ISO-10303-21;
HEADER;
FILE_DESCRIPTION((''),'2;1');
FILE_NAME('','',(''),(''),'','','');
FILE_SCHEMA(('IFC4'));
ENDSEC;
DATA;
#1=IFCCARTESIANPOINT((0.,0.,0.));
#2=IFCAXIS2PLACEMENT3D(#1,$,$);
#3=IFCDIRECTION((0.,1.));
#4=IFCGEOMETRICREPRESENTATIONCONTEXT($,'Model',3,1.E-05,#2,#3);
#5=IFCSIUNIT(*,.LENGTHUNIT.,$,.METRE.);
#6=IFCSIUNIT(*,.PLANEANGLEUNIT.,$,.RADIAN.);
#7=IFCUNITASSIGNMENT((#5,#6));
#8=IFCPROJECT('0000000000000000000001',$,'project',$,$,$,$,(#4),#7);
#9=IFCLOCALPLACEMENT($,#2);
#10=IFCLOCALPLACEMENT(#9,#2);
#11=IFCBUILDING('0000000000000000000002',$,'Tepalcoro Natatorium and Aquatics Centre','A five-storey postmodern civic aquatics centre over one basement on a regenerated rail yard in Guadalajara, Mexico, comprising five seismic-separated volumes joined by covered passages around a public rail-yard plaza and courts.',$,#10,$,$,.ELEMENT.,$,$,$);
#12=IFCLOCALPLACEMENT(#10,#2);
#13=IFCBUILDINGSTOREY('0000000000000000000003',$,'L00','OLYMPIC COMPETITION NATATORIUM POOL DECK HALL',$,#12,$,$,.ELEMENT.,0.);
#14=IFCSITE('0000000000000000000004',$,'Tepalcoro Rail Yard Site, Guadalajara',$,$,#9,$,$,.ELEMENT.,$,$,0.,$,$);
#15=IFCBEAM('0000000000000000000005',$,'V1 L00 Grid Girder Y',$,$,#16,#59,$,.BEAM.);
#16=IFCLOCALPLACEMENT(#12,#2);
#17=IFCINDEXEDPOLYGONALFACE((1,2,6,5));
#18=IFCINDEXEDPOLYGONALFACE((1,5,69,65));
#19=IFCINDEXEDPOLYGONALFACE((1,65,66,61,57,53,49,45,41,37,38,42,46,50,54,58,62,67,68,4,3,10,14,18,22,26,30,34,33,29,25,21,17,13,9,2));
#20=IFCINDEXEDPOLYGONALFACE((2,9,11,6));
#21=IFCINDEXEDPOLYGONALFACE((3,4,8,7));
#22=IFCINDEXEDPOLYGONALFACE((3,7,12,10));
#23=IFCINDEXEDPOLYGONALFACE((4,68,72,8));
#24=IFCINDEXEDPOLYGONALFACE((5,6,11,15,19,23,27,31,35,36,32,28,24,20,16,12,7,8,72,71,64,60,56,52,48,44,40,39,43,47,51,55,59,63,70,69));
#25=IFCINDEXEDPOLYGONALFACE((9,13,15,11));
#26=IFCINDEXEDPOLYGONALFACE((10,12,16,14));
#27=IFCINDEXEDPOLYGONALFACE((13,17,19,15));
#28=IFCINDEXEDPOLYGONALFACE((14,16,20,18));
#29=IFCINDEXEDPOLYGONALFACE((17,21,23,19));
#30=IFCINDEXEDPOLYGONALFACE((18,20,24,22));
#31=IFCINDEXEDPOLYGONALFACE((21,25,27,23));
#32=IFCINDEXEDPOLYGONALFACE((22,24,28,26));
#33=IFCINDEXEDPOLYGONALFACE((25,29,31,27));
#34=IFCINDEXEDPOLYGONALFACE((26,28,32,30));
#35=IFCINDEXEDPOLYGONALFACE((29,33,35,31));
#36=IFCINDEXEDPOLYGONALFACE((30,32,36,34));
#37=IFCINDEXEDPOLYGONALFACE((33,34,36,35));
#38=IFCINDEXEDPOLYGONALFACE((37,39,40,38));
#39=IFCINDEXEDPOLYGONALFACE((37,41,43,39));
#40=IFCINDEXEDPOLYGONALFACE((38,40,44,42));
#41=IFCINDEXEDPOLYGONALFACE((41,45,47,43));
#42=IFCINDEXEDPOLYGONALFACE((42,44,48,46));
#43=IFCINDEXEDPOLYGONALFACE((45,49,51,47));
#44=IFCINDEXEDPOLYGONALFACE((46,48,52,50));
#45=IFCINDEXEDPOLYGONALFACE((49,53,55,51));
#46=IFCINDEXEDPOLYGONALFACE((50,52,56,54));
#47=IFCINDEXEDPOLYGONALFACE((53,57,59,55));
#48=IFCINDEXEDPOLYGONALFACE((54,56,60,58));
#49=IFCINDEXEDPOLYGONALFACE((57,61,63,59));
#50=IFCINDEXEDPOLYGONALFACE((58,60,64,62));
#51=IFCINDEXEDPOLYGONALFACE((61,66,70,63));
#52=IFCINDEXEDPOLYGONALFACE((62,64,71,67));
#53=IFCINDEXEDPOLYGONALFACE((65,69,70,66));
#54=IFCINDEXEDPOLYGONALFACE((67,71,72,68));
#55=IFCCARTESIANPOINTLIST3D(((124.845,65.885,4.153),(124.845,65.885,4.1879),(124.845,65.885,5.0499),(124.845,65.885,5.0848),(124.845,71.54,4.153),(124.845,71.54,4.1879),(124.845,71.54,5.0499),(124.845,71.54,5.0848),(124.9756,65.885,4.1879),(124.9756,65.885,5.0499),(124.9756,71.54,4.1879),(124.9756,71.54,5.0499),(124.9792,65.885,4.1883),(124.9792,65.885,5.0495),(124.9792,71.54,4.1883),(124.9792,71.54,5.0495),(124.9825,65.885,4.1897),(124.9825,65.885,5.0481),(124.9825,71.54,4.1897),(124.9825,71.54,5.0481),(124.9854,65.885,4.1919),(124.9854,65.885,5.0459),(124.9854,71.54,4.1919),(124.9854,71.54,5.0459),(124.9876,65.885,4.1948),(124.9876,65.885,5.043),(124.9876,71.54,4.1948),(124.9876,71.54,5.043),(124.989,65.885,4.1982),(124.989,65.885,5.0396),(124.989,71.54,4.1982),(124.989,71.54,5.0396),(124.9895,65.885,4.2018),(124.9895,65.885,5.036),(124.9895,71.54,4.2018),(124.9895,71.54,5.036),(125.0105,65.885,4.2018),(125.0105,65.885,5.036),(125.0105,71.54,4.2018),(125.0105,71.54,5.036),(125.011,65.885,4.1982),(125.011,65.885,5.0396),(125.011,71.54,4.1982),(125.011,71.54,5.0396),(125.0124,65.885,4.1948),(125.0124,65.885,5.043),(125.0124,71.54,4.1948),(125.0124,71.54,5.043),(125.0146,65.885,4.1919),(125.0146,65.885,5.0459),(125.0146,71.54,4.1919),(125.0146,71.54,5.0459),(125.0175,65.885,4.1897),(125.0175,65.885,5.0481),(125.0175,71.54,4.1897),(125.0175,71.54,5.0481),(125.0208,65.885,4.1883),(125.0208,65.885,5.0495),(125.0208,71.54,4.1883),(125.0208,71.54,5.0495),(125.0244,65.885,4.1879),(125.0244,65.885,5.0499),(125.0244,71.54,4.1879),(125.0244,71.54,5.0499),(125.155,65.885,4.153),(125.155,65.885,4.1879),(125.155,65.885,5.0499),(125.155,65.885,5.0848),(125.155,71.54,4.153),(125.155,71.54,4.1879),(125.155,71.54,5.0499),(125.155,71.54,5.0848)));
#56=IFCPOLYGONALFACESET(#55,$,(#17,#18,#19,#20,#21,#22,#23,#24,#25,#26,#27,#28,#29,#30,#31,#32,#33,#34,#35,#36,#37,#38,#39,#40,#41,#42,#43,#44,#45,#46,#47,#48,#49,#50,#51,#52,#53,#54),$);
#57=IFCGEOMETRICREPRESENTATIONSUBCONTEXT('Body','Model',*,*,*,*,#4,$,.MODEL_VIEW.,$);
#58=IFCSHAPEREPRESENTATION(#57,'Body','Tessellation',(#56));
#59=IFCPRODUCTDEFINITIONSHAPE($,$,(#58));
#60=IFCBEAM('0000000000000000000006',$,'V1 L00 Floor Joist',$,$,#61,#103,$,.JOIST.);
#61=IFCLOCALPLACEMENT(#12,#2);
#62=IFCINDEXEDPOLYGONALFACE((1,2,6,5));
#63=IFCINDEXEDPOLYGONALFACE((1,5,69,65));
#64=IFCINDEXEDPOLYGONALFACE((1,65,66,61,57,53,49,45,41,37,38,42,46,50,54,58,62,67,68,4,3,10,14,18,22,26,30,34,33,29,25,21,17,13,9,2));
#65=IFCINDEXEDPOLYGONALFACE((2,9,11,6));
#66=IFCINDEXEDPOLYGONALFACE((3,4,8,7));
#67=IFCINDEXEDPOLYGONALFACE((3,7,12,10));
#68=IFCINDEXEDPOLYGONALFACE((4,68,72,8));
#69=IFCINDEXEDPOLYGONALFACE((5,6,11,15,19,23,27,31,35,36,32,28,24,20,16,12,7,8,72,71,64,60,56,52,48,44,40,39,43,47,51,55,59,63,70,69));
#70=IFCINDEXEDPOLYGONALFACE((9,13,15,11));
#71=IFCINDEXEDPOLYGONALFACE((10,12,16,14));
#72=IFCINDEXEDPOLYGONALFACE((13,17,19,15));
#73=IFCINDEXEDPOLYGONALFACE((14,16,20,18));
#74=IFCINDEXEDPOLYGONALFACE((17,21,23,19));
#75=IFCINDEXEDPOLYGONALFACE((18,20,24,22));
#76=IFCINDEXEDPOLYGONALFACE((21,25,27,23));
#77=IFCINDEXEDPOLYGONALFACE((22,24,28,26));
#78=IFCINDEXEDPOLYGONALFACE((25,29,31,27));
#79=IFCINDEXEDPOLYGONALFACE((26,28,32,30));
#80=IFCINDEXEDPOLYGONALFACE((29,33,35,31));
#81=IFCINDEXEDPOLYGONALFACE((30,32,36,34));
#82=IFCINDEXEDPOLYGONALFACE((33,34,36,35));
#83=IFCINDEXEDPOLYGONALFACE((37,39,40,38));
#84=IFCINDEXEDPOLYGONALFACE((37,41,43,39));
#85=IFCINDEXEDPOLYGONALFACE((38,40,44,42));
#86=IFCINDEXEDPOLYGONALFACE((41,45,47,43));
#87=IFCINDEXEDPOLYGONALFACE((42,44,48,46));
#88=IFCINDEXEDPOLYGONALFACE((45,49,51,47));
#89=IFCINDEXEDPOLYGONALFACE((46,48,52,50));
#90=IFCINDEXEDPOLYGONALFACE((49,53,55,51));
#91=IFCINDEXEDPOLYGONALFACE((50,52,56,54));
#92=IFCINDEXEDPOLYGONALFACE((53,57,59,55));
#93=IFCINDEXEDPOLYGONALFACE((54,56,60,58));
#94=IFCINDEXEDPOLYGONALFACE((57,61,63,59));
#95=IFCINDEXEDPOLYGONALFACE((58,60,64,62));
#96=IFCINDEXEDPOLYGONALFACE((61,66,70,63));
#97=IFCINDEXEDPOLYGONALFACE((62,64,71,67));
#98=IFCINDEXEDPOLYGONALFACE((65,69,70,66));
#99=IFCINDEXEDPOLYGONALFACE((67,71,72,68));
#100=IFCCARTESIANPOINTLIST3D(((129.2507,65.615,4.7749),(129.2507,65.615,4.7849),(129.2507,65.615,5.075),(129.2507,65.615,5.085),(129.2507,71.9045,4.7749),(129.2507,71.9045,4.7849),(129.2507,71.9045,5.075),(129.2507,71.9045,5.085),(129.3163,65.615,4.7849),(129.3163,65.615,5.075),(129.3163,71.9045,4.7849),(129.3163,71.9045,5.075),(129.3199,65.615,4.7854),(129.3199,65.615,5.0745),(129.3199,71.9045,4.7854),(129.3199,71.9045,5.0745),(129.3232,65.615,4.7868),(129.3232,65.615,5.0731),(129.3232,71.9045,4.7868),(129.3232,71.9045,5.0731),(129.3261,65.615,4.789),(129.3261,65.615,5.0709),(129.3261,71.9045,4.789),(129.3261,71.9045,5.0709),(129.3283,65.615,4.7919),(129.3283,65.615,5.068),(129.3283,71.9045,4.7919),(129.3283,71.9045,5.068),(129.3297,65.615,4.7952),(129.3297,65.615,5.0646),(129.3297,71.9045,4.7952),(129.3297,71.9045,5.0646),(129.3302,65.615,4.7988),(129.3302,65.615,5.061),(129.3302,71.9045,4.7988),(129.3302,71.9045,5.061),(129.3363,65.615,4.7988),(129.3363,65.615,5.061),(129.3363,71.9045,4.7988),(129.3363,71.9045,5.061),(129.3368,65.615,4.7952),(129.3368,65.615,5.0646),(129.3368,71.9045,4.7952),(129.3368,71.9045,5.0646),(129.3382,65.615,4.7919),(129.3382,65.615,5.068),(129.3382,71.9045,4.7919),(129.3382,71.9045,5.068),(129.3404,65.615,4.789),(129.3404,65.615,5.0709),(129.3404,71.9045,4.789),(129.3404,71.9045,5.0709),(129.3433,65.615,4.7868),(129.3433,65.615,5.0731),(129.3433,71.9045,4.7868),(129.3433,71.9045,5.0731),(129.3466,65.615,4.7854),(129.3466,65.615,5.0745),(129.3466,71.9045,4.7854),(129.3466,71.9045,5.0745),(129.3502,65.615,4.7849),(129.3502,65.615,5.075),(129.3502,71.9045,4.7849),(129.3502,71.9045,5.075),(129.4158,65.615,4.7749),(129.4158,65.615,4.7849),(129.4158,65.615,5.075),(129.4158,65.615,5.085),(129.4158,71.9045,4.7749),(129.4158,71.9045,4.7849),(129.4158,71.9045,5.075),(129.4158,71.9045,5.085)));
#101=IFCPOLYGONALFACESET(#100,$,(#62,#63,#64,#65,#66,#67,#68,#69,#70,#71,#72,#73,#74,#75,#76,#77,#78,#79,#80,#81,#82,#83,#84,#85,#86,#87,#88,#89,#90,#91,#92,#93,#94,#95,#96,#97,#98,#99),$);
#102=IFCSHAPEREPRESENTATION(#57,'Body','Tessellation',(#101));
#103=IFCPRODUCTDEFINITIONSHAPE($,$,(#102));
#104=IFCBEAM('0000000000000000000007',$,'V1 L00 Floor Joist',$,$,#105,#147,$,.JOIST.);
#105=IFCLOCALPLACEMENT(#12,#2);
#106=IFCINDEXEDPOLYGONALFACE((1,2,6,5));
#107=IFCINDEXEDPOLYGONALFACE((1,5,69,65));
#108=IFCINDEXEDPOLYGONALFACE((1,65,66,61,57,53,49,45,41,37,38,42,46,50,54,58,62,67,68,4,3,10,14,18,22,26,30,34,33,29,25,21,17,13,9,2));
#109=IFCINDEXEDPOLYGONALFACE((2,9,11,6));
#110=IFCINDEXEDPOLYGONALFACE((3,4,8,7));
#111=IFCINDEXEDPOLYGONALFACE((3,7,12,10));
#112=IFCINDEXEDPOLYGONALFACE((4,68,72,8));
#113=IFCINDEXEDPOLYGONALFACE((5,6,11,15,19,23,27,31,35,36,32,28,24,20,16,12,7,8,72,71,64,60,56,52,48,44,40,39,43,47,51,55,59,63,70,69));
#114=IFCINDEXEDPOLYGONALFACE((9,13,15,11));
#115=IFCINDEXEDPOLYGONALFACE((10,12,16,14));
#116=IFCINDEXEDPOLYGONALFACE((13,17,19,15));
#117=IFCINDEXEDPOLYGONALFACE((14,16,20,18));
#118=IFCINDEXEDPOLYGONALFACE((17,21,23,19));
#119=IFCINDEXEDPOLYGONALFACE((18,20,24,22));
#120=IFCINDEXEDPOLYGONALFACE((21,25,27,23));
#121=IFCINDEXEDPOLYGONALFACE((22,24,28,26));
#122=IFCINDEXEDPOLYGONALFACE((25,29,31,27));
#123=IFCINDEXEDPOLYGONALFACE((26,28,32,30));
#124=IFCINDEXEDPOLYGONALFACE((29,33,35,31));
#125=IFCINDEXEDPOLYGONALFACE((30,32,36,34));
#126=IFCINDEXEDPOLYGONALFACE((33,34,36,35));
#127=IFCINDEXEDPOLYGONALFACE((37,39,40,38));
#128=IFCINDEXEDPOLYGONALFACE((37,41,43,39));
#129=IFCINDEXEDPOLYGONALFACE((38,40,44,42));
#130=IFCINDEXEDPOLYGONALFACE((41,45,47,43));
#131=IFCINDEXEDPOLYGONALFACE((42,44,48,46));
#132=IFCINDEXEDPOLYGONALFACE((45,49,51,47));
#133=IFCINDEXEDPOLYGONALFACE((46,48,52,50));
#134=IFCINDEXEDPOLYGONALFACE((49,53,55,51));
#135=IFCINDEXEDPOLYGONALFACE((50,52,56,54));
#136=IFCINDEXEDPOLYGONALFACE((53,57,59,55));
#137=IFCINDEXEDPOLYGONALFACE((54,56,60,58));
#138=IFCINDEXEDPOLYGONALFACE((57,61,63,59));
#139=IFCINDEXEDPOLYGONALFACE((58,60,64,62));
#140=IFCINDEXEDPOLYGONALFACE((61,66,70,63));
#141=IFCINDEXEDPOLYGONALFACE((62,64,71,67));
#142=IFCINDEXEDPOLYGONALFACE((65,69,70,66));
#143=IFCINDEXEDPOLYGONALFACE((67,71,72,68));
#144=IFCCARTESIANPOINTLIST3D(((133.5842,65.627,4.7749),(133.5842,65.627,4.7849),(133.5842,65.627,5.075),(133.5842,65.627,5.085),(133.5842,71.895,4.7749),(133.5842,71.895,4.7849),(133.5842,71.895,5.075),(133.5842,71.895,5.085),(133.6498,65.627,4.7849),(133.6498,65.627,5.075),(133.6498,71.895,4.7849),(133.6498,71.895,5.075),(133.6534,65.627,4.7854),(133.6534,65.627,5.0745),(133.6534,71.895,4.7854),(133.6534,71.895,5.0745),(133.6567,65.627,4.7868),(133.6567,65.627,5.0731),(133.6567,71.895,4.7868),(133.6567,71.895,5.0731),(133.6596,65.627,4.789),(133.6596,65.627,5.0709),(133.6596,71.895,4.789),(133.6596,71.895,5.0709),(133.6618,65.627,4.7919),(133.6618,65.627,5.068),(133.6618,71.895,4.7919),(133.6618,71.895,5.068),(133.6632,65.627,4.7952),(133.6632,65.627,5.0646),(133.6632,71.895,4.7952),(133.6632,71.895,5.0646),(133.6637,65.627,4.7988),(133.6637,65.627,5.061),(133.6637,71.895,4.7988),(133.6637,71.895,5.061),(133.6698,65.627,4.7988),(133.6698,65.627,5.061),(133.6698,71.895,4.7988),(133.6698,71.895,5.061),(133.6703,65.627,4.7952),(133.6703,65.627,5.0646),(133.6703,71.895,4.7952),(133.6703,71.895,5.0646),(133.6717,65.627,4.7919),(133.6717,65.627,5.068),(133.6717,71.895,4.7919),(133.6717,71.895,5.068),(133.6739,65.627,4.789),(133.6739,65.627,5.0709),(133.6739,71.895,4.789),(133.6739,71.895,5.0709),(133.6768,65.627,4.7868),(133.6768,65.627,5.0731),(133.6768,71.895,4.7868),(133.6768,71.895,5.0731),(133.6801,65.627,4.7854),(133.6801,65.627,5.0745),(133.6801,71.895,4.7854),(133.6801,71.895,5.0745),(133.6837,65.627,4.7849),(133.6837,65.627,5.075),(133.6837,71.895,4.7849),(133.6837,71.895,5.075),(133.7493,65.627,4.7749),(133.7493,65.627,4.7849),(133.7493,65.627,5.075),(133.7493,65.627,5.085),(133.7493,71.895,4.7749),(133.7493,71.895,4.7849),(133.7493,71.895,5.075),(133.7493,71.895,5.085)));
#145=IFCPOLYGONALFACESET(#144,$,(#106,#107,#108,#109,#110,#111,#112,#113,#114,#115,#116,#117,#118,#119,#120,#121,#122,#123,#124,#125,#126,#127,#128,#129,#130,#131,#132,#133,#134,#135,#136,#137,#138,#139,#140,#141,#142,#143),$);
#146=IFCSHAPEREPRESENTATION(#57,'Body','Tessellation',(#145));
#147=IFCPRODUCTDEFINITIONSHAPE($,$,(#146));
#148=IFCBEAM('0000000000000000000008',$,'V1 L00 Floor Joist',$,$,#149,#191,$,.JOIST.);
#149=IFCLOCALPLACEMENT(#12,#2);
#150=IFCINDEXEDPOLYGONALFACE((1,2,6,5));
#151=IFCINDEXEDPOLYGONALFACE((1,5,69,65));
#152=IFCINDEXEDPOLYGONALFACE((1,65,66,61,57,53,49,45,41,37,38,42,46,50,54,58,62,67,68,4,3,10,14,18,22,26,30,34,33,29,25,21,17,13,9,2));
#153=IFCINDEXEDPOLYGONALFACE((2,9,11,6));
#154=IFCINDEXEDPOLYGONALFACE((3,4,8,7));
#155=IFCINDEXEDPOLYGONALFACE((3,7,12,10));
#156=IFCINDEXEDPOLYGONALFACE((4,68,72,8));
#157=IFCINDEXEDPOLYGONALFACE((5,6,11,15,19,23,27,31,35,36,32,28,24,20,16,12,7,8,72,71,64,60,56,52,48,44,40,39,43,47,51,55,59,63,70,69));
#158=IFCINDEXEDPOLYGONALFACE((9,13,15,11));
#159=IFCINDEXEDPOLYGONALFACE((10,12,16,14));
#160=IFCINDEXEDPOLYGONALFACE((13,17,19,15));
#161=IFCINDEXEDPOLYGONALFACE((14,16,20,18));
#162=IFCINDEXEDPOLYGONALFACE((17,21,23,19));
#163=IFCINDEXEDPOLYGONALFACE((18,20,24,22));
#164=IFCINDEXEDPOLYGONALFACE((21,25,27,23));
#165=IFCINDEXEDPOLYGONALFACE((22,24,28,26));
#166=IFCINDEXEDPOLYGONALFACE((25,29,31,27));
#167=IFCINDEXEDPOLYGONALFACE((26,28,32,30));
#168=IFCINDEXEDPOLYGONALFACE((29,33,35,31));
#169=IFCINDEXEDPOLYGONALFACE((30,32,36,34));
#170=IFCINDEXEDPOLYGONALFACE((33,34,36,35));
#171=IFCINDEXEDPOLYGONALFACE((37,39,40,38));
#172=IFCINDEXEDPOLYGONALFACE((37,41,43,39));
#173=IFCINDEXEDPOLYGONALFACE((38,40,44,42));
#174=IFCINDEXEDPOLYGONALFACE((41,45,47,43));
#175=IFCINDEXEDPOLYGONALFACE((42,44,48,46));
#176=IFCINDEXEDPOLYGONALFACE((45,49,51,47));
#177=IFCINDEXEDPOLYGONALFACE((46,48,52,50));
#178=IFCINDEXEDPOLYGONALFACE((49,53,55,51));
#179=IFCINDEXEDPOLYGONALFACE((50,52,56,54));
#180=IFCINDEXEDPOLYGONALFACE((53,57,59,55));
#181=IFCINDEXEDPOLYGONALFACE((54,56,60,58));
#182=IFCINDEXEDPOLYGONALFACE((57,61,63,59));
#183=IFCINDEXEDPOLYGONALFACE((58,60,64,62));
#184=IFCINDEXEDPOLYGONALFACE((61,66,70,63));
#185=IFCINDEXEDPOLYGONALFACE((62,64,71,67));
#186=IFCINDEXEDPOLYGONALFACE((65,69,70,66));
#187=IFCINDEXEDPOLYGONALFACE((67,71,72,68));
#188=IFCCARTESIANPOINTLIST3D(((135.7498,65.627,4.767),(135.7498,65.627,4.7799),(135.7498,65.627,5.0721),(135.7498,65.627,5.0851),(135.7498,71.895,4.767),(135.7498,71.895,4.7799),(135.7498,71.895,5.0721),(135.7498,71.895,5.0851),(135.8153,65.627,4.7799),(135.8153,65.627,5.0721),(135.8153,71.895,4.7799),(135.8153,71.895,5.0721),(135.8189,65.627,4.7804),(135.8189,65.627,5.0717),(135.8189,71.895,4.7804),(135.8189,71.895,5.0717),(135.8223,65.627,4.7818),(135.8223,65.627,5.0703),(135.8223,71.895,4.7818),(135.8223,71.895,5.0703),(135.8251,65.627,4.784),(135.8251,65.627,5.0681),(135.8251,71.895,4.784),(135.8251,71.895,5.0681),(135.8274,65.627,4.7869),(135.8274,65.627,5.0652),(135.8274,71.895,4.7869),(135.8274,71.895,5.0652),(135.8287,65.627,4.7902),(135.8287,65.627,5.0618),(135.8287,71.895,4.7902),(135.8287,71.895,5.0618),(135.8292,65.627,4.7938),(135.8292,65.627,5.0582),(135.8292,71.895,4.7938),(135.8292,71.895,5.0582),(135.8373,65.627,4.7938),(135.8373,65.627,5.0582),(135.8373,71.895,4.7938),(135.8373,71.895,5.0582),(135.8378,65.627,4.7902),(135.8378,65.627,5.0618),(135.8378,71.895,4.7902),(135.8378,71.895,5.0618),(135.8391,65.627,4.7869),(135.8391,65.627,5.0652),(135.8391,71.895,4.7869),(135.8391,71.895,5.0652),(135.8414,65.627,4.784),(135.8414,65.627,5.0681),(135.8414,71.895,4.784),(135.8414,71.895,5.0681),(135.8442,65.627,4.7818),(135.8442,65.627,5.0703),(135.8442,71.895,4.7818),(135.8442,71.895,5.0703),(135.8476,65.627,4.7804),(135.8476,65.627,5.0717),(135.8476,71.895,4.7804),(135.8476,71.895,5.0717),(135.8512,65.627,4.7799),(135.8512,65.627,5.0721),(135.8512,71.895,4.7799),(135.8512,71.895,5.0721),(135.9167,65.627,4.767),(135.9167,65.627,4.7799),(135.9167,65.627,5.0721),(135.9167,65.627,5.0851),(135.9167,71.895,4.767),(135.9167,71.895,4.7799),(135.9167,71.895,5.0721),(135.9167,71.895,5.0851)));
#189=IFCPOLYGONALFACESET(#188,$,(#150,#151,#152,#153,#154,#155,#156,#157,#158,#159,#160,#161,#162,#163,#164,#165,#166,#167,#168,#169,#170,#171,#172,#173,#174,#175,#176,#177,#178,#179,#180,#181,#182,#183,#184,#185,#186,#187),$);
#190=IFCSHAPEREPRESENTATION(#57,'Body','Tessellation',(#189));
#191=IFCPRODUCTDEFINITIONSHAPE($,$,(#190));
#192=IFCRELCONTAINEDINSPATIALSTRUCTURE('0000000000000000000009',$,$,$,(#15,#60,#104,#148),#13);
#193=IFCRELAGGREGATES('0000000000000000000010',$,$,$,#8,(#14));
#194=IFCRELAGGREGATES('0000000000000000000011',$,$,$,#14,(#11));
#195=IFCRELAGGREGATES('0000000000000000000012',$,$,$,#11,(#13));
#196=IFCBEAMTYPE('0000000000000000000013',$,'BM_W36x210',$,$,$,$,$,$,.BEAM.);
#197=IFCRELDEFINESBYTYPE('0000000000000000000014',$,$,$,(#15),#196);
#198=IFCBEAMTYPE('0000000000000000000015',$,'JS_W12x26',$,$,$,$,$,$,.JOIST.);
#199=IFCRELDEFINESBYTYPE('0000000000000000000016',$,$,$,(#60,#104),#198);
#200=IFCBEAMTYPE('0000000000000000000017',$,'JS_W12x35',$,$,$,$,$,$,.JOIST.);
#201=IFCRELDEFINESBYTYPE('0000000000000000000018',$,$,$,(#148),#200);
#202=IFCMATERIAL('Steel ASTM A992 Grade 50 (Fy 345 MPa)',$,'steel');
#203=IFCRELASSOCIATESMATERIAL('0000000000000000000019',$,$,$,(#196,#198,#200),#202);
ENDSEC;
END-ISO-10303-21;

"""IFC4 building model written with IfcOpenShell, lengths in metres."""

from ifc_helpers import new_model, si_unit, direction, frame, origin, origin_2d, place, context, subcontext, project, spatial, i_section, extrude, material, material_profile, profile_set, type_object, element, save


model = new_model("IFC4")

# Units and contexts
model_context = context("Model", 3, precision=1e-05, world=origin(), true_north=direction((0.0, 1.0)))
body_context = subcontext(model_context, "Body", "Model", "MODEL_VIEW")
ifc_project = project(units=[si_unit("LENGTHUNIT", "METRE"), si_unit("PLANEANGLEUNIT", "RADIAN")], contexts=[model_context])

# Site, building, storey
site_placement = place(None, origin())
site = spatial("IfcSite", under=ifc_project, at=site_placement, Name="Tepalcoro Rail Yard Site, Guadalajara", CompositionType="ELEMENT", RefElevation=0.0)
building_placement = place(site_placement, origin())
building = spatial("IfcBuilding", under=site, at=building_placement, Name="Tepalcoro Natatorium and Aquatics Centre", Description="A five-storey postmodern civic aquatics centre over one basement on a regenerated rail yard in Guadalajara, Mexico, comprising five seismic-separated volumes joined by covered passages around a public rail-yard plaza and courts.", CompositionType="ELEMENT")
storey_placement = place(building_placement, origin())
storey = spatial("IfcBuildingStorey", under=building, at=storey_placement, Name="L00", Description="OLYMPIC COMPETITION NATATORIUM POOL DECK HALL", CompositionType="ELEMENT", Elevation=0.0)

# Beams
ifc_material_1 = material(Name="Steel ASTM A992 Grade 50 (Fy 345 MPa)", Category="steel")
ifc_material_profile_1 = material_profile(ifc_material_1, i_section(OverallWidth=0.3101, OverallDepth=0.9319, WebThickness=0.021, FlangeThickness=0.0349, FilletRadius=0.0139, at=origin_2d()), Name="W36X210")
ifc_profile_set_1 = profile_set([ifc_material_profile_1], Name="Steel ASTM A992 Grade 50 (Fy 345 MPa)")
beam_type_1 = type_object("IfcBeamType", Name="BM_W36x210", PredefinedType="BEAM", material=ifc_profile_set_1)
beam_1_placement = place(storey_placement, frame((125.0, 65.885, 4.6189), z_axis=(0.0, 1.0, 0.0), x_axis=(-1.0, 0.0, 0.0)))
element("IfcBeam", 1, at=beam_1_placement, inside=storey, type_object=beam_type_1, Name="V1 L00 Grid Girder Y", PredefinedType="BEAM", context=body_context, shape_type="SweptSolid", body=[
    extrude(i_section(OverallWidth=0.3101, OverallDepth=0.9319, WebThickness=0.021, FlangeThickness=0.0349, FilletRadius=0.0139, at=origin_2d()), origin(), (0.0, 0.0, 1.0), 5.655),
])
ifc_material_profile_2 = material_profile(ifc_material_1, i_section(OverallWidth=0.165, OverallDepth=0.3101, WebThickness=0.0061, FlangeThickness=0.01, FilletRadius=0.0139, at=origin_2d()), Name="W12X26")
ifc_profile_set_2 = profile_set([ifc_material_profile_2], Name="Steel ASTM A992 Grade 50 (Fy 345 MPa)")
beam_type_2 = type_object("IfcBeamType", Name="JS_W12x26", PredefinedType="JOIST", material=ifc_profile_set_2)
beam_2_placement = place(storey_placement, frame((129.3333, 65.615, 4.9299), z_axis=(0.0, 1.0, 0.0), x_axis=(-1.0, 0.0, 0.0)))
element("IfcBeam", 2, at=beam_2_placement, inside=storey, type_object=beam_type_2, Name="V1 L00 Floor Joist", PredefinedType="JOIST", context=body_context, shape_type="SweptSolid", body=[
    extrude(i_section(OverallWidth=0.165, OverallDepth=0.3101, WebThickness=0.0061, FlangeThickness=0.01, FilletRadius=0.0139, at=origin_2d()), origin(), (0.0, 0.0, 1.0), 6.2896),
])
beam_3_placement = place(storey_placement, frame((133.6667, 65.627, 4.9299), z_axis=(0.0, 1.0, 0.0), x_axis=(-1.0, 0.0, 0.0)))
element("IfcBeam", 3, at=beam_3_placement, inside=storey, type_object=beam_type_2, Name="V1 L00 Floor Joist", PredefinedType="JOIST", context=body_context, shape_type="SweptSolid", body=[
    extrude(i_section(OverallWidth=0.165, OverallDepth=0.3101, WebThickness=0.0061, FlangeThickness=0.01, FilletRadius=0.0139, at=origin_2d()), origin(), (0.0, 0.0, 1.0), 6.2681),
])
ifc_material_profile_3 = material_profile(ifc_material_1, i_section(OverallWidth=0.167, OverallDepth=0.3181, WebThickness=0.0081, FlangeThickness=0.0129, FilletRadius=0.0139, at=origin_2d()), Name="W12X35")
ifc_profile_set_3 = profile_set([ifc_material_profile_3], Name="Steel ASTM A992 Grade 50 (Fy 345 MPa)")
beam_type_3 = type_object("IfcBeamType", Name="JS_W12x35", PredefinedType="JOIST", material=ifc_profile_set_3)
beam_4_placement = place(storey_placement, frame((135.8333, 65.627, 4.926), z_axis=(0.0, 1.0, 0.0), x_axis=(-1.0, 0.0, 0.0)))
element("IfcBeam", 4, at=beam_4_placement, inside=storey, type_object=beam_type_3, Name="V1 L00 Floor Joist", PredefinedType="JOIST", context=body_context, shape_type="SweptSolid", body=[
    extrude(i_section(OverallWidth=0.167, OverallDepth=0.3181, WebThickness=0.0081, FlangeThickness=0.0129, FilletRadius=0.0139, at=origin_2d()), origin(), (0.0, 0.0, 1.0), 6.2681),
])

save(model, "model.ifc")
